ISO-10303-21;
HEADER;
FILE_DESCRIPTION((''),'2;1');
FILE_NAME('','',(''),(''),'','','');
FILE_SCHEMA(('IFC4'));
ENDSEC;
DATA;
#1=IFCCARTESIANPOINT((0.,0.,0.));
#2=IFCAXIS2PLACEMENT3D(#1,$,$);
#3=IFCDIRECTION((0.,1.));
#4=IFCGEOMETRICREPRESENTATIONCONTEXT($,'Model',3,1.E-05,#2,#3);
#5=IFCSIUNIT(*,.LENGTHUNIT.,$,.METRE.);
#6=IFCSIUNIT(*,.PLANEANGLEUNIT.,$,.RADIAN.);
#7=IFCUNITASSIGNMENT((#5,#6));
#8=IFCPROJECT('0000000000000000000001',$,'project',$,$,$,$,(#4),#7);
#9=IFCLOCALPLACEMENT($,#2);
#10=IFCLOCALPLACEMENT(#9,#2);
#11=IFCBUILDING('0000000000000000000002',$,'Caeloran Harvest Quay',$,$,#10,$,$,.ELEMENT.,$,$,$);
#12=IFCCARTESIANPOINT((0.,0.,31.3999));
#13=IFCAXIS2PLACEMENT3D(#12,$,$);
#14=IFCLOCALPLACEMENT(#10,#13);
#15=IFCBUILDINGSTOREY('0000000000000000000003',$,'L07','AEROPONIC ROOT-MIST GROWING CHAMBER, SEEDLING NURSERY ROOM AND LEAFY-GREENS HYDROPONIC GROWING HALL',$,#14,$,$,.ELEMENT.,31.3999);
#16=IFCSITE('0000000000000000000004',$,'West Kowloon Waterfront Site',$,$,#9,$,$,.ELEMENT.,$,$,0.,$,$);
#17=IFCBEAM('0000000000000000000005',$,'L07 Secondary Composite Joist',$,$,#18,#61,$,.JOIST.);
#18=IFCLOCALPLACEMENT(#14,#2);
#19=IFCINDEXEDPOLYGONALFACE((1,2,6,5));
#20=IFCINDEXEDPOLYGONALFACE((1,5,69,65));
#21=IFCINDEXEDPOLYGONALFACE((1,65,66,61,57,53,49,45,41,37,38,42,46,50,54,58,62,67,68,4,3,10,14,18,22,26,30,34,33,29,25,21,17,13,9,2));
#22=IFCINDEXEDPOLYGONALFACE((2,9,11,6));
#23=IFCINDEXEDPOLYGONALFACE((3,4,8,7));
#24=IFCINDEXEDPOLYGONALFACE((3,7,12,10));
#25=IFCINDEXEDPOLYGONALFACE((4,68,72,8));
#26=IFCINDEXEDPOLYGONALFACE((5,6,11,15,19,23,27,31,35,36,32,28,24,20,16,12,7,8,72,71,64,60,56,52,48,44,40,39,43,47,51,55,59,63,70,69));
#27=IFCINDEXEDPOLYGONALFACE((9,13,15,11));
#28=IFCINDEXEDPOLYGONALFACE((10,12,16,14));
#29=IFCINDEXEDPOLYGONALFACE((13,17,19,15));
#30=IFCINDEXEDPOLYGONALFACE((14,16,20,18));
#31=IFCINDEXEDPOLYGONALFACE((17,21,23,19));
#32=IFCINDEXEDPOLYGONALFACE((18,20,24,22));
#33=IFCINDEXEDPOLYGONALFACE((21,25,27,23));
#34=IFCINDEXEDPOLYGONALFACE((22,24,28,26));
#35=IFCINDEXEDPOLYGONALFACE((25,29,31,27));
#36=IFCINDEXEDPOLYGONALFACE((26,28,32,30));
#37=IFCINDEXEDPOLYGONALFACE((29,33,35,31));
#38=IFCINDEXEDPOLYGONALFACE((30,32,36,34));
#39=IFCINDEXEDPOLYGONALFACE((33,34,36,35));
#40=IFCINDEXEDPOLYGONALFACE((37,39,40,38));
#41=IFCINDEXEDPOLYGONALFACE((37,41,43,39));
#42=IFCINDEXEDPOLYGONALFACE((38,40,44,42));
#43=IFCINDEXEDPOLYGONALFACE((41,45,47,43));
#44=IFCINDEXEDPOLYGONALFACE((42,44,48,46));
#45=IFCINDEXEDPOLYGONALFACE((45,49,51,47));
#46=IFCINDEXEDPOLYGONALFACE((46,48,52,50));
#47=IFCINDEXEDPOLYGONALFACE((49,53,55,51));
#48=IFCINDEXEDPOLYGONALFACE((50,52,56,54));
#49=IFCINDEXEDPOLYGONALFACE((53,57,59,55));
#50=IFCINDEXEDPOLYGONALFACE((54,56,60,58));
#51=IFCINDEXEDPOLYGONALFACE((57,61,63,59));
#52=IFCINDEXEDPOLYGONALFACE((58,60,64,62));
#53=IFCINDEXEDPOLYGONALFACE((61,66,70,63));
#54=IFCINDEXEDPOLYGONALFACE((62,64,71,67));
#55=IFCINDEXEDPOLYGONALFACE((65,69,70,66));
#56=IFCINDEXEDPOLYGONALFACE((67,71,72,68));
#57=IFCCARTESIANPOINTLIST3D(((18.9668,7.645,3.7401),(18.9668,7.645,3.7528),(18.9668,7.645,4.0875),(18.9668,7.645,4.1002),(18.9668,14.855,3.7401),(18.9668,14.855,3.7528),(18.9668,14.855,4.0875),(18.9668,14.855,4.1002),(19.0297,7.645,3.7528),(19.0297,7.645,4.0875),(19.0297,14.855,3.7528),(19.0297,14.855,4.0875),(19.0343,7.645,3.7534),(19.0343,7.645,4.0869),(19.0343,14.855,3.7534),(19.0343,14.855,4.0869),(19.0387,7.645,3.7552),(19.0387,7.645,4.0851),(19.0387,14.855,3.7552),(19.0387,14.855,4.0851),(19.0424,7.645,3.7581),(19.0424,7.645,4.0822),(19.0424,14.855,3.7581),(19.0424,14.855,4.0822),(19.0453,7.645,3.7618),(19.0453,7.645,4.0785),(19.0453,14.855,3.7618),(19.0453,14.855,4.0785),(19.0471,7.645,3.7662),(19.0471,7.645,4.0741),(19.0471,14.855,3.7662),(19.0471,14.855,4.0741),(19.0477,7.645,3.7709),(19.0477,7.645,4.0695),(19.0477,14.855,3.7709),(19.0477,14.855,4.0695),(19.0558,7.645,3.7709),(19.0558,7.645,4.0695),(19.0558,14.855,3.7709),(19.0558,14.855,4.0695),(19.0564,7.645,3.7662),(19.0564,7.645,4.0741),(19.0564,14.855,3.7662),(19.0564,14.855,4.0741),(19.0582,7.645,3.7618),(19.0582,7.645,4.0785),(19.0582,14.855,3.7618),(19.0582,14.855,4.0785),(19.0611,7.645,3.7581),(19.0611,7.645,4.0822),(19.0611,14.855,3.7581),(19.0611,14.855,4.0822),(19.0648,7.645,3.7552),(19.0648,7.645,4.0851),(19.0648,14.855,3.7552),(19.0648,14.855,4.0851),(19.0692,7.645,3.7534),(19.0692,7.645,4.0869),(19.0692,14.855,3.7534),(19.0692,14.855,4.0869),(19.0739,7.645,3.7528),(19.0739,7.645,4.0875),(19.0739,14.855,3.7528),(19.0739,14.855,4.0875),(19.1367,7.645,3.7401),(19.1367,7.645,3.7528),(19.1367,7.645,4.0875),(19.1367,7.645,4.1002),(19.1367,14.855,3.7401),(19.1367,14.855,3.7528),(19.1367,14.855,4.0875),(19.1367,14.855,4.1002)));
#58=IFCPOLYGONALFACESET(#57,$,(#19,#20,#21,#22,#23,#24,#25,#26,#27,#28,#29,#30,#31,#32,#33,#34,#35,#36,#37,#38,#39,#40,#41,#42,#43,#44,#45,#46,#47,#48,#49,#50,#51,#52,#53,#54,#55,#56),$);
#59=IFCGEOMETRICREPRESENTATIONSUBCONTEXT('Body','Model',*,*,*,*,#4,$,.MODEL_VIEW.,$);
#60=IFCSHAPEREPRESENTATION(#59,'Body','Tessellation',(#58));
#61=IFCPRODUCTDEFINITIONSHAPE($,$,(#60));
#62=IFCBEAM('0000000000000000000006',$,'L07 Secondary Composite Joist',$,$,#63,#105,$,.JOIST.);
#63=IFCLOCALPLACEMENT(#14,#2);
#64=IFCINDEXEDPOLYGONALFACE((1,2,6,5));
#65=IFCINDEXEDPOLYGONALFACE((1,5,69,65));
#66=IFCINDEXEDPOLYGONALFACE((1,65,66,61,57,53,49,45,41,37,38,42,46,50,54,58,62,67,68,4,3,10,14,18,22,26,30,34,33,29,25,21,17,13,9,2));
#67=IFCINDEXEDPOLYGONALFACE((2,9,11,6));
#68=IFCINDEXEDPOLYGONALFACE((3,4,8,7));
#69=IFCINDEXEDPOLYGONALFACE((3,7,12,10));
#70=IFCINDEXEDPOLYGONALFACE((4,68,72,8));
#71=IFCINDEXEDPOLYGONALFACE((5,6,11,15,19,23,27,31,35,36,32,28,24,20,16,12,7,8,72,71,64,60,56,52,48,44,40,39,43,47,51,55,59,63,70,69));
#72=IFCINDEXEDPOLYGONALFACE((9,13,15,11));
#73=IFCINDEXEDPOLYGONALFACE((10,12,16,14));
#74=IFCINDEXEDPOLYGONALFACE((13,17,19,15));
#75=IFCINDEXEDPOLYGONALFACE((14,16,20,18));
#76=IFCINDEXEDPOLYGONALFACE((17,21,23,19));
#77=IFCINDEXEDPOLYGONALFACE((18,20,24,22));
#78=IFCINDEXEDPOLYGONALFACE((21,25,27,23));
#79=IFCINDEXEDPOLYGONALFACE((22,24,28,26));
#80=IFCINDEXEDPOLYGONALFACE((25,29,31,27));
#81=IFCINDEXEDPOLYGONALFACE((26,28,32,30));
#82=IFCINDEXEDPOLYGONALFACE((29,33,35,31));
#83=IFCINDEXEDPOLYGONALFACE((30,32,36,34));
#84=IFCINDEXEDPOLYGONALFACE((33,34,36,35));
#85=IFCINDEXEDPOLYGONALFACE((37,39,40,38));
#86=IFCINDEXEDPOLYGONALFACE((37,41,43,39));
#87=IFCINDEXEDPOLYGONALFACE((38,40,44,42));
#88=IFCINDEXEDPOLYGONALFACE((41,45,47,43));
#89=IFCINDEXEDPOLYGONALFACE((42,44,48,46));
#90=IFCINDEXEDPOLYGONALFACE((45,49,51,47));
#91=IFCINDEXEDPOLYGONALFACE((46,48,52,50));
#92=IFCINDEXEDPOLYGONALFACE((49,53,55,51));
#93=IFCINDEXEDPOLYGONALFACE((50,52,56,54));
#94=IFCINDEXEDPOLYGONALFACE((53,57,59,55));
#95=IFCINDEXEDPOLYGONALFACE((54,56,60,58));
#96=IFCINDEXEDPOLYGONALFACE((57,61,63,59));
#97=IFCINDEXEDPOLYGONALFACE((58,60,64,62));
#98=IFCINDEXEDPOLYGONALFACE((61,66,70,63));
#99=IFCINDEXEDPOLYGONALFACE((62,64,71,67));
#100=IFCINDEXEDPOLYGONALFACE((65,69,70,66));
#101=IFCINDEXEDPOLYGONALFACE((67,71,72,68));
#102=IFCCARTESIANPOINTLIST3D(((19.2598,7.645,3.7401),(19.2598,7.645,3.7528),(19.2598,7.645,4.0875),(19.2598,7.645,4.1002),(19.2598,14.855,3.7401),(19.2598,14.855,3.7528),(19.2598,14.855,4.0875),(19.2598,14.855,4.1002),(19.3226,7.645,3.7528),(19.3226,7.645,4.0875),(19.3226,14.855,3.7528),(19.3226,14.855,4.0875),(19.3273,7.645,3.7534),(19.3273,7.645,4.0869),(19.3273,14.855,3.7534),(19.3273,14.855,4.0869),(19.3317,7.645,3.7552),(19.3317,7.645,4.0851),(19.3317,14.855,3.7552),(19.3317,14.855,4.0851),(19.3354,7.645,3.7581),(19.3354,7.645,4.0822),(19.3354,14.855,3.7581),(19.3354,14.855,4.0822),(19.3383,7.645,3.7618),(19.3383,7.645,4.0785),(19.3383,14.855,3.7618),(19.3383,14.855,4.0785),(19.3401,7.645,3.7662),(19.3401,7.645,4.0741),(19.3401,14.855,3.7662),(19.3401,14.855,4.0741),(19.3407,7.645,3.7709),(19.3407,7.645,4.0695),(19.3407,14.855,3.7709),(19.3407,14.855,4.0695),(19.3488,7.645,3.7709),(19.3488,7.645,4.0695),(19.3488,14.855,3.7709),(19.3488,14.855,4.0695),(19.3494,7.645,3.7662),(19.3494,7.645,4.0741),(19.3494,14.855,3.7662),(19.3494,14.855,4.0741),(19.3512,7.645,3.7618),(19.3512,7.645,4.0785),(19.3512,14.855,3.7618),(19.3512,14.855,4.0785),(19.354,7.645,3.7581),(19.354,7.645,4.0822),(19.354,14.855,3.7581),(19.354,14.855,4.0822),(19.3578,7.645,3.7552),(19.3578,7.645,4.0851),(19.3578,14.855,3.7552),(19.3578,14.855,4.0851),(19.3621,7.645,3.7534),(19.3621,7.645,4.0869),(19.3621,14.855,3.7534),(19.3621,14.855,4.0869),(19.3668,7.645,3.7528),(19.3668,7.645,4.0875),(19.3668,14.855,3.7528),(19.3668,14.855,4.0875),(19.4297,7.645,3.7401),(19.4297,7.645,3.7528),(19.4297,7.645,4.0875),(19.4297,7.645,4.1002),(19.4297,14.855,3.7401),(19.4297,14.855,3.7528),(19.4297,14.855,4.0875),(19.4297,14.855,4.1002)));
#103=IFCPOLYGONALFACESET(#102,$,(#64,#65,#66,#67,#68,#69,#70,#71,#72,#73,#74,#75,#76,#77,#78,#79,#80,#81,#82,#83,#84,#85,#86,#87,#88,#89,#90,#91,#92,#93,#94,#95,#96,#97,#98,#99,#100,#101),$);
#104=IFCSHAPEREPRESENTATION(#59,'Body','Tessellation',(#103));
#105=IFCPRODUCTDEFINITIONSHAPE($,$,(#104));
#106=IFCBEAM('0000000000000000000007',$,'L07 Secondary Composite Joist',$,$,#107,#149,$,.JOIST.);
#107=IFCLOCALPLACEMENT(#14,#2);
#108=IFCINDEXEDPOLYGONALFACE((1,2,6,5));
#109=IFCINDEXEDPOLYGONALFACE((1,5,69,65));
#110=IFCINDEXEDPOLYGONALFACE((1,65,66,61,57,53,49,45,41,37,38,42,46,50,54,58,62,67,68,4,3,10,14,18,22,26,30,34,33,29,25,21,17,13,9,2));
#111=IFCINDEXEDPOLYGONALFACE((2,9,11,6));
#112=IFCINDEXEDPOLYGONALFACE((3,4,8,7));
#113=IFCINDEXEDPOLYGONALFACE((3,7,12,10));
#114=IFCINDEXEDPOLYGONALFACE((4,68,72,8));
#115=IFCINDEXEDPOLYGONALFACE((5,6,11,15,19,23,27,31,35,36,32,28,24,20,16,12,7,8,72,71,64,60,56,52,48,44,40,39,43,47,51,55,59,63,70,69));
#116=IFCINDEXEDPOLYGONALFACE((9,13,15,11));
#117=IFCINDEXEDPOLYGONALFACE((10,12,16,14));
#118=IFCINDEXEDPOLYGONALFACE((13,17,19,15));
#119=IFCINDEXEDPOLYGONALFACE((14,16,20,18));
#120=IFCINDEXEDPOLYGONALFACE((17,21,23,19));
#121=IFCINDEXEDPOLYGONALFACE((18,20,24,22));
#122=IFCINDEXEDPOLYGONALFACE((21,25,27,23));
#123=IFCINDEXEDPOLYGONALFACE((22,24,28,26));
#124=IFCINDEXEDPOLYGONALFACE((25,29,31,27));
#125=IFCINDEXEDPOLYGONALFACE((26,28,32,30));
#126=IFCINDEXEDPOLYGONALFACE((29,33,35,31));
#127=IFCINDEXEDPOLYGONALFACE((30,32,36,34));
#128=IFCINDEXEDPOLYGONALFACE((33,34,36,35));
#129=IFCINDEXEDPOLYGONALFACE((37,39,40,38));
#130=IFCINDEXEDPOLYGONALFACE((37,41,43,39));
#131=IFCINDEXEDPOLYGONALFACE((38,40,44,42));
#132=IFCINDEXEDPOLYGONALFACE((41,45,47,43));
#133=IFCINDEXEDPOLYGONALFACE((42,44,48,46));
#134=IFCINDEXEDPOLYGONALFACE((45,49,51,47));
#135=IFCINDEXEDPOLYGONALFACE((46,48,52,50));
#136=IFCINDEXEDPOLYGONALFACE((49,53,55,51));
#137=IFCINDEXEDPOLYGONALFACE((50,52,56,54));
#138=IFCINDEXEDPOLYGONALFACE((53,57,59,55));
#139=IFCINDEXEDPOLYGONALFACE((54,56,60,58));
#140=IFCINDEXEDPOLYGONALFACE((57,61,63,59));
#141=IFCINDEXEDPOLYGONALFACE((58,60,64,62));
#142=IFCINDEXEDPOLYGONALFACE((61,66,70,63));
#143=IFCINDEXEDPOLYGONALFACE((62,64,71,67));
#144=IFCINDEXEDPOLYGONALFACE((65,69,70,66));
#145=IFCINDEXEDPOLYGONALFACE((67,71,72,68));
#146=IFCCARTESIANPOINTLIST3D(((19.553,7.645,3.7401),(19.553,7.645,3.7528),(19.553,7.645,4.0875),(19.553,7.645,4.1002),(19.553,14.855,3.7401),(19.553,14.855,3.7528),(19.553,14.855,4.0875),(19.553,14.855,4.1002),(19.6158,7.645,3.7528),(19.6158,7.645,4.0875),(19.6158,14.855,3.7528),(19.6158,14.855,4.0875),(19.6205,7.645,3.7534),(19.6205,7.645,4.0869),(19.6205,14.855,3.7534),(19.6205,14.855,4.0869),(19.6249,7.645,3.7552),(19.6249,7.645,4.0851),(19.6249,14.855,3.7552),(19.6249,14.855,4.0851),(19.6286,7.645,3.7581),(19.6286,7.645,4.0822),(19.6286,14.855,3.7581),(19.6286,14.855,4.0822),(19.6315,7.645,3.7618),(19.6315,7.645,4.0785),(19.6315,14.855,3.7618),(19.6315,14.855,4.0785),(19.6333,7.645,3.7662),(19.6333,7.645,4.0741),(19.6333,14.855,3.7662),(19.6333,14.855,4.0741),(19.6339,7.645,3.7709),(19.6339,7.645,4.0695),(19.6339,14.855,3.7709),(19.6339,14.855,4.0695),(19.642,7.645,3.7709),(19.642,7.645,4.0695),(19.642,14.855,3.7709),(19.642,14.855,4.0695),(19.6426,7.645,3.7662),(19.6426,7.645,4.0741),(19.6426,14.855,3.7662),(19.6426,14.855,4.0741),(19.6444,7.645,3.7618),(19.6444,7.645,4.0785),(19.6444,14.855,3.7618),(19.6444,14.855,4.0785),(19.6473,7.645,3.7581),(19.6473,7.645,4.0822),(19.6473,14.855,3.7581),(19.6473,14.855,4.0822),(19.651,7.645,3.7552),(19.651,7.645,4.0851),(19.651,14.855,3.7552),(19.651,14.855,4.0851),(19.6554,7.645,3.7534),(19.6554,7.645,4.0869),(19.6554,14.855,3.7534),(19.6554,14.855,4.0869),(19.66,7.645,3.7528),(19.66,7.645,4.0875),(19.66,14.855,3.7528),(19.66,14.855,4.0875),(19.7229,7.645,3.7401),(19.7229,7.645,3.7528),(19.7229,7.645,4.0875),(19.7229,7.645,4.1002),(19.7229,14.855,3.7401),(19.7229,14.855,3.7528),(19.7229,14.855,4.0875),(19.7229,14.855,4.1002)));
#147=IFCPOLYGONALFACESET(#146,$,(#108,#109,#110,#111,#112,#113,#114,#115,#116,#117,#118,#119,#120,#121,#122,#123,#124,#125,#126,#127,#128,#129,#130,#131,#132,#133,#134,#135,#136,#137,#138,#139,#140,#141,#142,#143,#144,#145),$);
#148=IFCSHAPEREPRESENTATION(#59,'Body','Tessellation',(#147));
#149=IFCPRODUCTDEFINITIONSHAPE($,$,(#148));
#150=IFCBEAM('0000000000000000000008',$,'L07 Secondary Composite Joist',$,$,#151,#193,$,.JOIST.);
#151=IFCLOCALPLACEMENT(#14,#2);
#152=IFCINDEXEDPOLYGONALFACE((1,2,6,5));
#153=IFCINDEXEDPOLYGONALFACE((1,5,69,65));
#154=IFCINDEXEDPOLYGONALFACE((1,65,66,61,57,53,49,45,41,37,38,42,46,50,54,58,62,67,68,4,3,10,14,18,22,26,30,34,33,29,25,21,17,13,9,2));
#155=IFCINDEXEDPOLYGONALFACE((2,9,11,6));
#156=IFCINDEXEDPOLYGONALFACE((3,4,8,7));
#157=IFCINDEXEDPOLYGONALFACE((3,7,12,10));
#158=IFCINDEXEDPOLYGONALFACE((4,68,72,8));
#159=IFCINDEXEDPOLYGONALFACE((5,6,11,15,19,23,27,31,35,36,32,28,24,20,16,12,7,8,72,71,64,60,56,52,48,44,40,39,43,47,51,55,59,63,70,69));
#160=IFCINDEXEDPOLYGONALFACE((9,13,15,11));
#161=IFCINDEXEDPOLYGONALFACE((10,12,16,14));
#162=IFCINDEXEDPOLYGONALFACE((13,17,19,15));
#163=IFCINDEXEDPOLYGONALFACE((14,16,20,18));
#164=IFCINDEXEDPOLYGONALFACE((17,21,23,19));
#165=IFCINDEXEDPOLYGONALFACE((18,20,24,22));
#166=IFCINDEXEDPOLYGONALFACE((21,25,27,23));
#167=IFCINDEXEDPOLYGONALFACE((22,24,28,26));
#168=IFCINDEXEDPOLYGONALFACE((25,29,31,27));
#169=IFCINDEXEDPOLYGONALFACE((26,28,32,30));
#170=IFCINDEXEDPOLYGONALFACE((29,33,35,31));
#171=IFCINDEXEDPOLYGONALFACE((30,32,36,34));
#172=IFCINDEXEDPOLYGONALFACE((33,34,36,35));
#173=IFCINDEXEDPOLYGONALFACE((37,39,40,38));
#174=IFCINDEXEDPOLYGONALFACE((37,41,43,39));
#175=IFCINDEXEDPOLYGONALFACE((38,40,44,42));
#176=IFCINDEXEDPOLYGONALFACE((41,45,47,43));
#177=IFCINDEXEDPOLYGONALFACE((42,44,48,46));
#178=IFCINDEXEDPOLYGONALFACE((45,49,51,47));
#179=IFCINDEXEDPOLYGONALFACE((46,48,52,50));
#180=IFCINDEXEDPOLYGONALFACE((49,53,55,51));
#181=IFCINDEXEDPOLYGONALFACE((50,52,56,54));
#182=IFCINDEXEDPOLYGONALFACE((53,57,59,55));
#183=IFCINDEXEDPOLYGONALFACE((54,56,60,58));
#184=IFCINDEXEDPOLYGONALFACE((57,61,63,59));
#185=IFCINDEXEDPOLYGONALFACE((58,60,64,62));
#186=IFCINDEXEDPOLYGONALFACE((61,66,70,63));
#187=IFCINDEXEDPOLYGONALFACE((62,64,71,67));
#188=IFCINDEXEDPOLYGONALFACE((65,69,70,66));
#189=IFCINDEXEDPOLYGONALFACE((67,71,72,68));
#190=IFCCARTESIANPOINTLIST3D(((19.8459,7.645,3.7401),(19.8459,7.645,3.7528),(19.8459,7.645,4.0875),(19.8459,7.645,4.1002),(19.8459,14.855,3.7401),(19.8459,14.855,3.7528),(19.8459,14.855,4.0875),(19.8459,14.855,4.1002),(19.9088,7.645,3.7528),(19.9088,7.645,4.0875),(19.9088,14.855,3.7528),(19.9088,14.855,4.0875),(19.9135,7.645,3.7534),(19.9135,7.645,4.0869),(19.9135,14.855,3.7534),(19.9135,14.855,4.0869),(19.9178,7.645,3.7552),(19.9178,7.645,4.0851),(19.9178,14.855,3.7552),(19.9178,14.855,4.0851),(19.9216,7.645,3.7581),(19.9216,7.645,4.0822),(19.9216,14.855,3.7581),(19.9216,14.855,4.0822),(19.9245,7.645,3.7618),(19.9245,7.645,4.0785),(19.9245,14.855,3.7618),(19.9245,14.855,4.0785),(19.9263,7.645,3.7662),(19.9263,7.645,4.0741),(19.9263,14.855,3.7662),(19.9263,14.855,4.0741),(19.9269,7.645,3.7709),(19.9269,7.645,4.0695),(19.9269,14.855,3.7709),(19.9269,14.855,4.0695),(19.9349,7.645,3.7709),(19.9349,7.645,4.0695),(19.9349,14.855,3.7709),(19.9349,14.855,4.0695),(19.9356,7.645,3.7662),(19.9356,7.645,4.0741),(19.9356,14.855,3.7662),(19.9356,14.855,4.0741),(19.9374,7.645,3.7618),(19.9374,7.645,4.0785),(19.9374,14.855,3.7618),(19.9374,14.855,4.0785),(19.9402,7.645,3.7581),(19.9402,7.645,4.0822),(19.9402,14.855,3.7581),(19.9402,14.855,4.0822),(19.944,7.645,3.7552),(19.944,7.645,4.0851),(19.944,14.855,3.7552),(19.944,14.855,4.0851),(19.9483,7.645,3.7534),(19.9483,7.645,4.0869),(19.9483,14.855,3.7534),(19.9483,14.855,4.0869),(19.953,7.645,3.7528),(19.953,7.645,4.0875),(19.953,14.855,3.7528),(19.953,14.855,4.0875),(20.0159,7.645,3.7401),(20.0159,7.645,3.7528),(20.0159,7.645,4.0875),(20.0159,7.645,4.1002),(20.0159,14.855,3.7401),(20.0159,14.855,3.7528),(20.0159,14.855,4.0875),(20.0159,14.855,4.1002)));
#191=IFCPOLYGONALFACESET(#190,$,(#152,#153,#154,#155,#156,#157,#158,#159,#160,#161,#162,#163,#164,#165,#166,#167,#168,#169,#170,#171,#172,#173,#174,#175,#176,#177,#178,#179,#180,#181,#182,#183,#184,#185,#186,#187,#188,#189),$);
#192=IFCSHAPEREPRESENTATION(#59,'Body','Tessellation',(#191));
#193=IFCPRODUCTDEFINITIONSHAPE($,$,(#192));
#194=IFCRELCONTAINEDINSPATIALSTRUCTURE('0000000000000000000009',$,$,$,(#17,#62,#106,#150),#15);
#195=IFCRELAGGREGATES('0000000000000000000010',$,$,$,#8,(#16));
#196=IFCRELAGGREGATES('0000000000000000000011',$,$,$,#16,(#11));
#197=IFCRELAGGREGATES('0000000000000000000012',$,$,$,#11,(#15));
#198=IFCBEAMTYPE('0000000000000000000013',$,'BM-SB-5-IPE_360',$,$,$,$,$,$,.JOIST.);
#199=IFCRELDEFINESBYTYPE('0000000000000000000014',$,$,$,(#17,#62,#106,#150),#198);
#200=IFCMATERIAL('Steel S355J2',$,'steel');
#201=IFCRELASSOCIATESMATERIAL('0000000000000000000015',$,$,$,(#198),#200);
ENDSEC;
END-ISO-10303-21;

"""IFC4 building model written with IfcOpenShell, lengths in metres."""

from ifc_helpers import new_model, si_unit, direction, frame, origin, origin_2d, place, context, subcontext, project, spatial, i_section, extrude, material, material_profile, profile_set, type_object, element, save


model = new_model("IFC4")

# Units and contexts
model_context = context("Model", 3, precision=1e-05, world=origin(), true_north=direction((0.0, 1.0)))
body_context = subcontext(model_context, "Body", "Model", "MODEL_VIEW")
ifc_project = project(units=[si_unit("LENGTHUNIT", "METRE"), si_unit("PLANEANGLEUNIT", "RADIAN")], contexts=[model_context])

# Site, building, storey
site_placement = place(None, origin())
site = spatial("IfcSite", under=ifc_project, at=site_placement, Name="West Kowloon Waterfront Site", CompositionType="ELEMENT", RefElevation=0.0)
building_placement = place(site_placement, origin())
building = spatial("IfcBuilding", under=site, at=building_placement, Name="Caeloran Harvest Quay", CompositionType="ELEMENT")
storey_placement = place(building_placement, frame((0.0, 0.0, 31.3999)))
storey = spatial("IfcBuildingStorey", under=building, at=storey_placement, Name="L07", Description="AEROPONIC ROOT-MIST GROWING CHAMBER, SEEDLING NURSERY ROOM AND LEAFY-GREENS HYDROPONIC GROWING HALL", CompositionType="ELEMENT", Elevation=31.3999)

# Beams
ifc_material = material(Name="Steel S355J2", Category="steel")
ifc_material_profile_1 = material_profile(ifc_material, i_section(OverallWidth=0.1699, OverallDepth=0.3601, WebThickness=0.0081, FlangeThickness=0.0127, FilletRadius=0.0181, at=origin_2d()), Name="IPE 360")
ifc_profile_set_1 = profile_set([ifc_material_profile_1], Name="Steel S355J2")
beam_type_1 = type_object("IfcBeamType", Name="BM-SB-5-IPE_360", PredefinedType="JOIST", material=ifc_profile_set_1)
for number, where, z_axis, x_axis, name in (
    (1, (19.0518, 7.645, 3.9202), (0.0, 1.0, 0.0), (-1.0, 0.0, 0.0), "L07 Secondary Composite Joist"),
    (2, (19.3447, 7.645, 3.9202), (0.0, 1.0, 0.0), (-1.0, 0.0, 0.0), "L07 Secondary Composite Joist"),
    (3, (19.6379, 7.645, 3.9202), (0.0, 1.0, 0.0), (-1.0, 0.0, 0.0), "L07 Secondary Composite Joist"),
    (4, (19.9309, 7.645, 3.9202), (0.0, 1.0, 0.0), (-1.0, 0.0, 0.0), "L07 Secondary Composite Joist"),
):
    element("IfcBeam", number, at=place(storey_placement, frame(where, z_axis=z_axis, x_axis=x_axis)), inside=storey, type_object=beam_type_1, Name=name, PredefinedType="JOIST", context=body_context, shape_type="SweptSolid", body=[
        extrude(i_section(OverallWidth=0.1699, OverallDepth=0.3601, WebThickness=0.0081, FlangeThickness=0.0127, FilletRadius=0.0181, at=origin_2d()), origin(), (0.0, 0.0, 1.0), 7.21),
    ])

save(model, "model.ifc")
